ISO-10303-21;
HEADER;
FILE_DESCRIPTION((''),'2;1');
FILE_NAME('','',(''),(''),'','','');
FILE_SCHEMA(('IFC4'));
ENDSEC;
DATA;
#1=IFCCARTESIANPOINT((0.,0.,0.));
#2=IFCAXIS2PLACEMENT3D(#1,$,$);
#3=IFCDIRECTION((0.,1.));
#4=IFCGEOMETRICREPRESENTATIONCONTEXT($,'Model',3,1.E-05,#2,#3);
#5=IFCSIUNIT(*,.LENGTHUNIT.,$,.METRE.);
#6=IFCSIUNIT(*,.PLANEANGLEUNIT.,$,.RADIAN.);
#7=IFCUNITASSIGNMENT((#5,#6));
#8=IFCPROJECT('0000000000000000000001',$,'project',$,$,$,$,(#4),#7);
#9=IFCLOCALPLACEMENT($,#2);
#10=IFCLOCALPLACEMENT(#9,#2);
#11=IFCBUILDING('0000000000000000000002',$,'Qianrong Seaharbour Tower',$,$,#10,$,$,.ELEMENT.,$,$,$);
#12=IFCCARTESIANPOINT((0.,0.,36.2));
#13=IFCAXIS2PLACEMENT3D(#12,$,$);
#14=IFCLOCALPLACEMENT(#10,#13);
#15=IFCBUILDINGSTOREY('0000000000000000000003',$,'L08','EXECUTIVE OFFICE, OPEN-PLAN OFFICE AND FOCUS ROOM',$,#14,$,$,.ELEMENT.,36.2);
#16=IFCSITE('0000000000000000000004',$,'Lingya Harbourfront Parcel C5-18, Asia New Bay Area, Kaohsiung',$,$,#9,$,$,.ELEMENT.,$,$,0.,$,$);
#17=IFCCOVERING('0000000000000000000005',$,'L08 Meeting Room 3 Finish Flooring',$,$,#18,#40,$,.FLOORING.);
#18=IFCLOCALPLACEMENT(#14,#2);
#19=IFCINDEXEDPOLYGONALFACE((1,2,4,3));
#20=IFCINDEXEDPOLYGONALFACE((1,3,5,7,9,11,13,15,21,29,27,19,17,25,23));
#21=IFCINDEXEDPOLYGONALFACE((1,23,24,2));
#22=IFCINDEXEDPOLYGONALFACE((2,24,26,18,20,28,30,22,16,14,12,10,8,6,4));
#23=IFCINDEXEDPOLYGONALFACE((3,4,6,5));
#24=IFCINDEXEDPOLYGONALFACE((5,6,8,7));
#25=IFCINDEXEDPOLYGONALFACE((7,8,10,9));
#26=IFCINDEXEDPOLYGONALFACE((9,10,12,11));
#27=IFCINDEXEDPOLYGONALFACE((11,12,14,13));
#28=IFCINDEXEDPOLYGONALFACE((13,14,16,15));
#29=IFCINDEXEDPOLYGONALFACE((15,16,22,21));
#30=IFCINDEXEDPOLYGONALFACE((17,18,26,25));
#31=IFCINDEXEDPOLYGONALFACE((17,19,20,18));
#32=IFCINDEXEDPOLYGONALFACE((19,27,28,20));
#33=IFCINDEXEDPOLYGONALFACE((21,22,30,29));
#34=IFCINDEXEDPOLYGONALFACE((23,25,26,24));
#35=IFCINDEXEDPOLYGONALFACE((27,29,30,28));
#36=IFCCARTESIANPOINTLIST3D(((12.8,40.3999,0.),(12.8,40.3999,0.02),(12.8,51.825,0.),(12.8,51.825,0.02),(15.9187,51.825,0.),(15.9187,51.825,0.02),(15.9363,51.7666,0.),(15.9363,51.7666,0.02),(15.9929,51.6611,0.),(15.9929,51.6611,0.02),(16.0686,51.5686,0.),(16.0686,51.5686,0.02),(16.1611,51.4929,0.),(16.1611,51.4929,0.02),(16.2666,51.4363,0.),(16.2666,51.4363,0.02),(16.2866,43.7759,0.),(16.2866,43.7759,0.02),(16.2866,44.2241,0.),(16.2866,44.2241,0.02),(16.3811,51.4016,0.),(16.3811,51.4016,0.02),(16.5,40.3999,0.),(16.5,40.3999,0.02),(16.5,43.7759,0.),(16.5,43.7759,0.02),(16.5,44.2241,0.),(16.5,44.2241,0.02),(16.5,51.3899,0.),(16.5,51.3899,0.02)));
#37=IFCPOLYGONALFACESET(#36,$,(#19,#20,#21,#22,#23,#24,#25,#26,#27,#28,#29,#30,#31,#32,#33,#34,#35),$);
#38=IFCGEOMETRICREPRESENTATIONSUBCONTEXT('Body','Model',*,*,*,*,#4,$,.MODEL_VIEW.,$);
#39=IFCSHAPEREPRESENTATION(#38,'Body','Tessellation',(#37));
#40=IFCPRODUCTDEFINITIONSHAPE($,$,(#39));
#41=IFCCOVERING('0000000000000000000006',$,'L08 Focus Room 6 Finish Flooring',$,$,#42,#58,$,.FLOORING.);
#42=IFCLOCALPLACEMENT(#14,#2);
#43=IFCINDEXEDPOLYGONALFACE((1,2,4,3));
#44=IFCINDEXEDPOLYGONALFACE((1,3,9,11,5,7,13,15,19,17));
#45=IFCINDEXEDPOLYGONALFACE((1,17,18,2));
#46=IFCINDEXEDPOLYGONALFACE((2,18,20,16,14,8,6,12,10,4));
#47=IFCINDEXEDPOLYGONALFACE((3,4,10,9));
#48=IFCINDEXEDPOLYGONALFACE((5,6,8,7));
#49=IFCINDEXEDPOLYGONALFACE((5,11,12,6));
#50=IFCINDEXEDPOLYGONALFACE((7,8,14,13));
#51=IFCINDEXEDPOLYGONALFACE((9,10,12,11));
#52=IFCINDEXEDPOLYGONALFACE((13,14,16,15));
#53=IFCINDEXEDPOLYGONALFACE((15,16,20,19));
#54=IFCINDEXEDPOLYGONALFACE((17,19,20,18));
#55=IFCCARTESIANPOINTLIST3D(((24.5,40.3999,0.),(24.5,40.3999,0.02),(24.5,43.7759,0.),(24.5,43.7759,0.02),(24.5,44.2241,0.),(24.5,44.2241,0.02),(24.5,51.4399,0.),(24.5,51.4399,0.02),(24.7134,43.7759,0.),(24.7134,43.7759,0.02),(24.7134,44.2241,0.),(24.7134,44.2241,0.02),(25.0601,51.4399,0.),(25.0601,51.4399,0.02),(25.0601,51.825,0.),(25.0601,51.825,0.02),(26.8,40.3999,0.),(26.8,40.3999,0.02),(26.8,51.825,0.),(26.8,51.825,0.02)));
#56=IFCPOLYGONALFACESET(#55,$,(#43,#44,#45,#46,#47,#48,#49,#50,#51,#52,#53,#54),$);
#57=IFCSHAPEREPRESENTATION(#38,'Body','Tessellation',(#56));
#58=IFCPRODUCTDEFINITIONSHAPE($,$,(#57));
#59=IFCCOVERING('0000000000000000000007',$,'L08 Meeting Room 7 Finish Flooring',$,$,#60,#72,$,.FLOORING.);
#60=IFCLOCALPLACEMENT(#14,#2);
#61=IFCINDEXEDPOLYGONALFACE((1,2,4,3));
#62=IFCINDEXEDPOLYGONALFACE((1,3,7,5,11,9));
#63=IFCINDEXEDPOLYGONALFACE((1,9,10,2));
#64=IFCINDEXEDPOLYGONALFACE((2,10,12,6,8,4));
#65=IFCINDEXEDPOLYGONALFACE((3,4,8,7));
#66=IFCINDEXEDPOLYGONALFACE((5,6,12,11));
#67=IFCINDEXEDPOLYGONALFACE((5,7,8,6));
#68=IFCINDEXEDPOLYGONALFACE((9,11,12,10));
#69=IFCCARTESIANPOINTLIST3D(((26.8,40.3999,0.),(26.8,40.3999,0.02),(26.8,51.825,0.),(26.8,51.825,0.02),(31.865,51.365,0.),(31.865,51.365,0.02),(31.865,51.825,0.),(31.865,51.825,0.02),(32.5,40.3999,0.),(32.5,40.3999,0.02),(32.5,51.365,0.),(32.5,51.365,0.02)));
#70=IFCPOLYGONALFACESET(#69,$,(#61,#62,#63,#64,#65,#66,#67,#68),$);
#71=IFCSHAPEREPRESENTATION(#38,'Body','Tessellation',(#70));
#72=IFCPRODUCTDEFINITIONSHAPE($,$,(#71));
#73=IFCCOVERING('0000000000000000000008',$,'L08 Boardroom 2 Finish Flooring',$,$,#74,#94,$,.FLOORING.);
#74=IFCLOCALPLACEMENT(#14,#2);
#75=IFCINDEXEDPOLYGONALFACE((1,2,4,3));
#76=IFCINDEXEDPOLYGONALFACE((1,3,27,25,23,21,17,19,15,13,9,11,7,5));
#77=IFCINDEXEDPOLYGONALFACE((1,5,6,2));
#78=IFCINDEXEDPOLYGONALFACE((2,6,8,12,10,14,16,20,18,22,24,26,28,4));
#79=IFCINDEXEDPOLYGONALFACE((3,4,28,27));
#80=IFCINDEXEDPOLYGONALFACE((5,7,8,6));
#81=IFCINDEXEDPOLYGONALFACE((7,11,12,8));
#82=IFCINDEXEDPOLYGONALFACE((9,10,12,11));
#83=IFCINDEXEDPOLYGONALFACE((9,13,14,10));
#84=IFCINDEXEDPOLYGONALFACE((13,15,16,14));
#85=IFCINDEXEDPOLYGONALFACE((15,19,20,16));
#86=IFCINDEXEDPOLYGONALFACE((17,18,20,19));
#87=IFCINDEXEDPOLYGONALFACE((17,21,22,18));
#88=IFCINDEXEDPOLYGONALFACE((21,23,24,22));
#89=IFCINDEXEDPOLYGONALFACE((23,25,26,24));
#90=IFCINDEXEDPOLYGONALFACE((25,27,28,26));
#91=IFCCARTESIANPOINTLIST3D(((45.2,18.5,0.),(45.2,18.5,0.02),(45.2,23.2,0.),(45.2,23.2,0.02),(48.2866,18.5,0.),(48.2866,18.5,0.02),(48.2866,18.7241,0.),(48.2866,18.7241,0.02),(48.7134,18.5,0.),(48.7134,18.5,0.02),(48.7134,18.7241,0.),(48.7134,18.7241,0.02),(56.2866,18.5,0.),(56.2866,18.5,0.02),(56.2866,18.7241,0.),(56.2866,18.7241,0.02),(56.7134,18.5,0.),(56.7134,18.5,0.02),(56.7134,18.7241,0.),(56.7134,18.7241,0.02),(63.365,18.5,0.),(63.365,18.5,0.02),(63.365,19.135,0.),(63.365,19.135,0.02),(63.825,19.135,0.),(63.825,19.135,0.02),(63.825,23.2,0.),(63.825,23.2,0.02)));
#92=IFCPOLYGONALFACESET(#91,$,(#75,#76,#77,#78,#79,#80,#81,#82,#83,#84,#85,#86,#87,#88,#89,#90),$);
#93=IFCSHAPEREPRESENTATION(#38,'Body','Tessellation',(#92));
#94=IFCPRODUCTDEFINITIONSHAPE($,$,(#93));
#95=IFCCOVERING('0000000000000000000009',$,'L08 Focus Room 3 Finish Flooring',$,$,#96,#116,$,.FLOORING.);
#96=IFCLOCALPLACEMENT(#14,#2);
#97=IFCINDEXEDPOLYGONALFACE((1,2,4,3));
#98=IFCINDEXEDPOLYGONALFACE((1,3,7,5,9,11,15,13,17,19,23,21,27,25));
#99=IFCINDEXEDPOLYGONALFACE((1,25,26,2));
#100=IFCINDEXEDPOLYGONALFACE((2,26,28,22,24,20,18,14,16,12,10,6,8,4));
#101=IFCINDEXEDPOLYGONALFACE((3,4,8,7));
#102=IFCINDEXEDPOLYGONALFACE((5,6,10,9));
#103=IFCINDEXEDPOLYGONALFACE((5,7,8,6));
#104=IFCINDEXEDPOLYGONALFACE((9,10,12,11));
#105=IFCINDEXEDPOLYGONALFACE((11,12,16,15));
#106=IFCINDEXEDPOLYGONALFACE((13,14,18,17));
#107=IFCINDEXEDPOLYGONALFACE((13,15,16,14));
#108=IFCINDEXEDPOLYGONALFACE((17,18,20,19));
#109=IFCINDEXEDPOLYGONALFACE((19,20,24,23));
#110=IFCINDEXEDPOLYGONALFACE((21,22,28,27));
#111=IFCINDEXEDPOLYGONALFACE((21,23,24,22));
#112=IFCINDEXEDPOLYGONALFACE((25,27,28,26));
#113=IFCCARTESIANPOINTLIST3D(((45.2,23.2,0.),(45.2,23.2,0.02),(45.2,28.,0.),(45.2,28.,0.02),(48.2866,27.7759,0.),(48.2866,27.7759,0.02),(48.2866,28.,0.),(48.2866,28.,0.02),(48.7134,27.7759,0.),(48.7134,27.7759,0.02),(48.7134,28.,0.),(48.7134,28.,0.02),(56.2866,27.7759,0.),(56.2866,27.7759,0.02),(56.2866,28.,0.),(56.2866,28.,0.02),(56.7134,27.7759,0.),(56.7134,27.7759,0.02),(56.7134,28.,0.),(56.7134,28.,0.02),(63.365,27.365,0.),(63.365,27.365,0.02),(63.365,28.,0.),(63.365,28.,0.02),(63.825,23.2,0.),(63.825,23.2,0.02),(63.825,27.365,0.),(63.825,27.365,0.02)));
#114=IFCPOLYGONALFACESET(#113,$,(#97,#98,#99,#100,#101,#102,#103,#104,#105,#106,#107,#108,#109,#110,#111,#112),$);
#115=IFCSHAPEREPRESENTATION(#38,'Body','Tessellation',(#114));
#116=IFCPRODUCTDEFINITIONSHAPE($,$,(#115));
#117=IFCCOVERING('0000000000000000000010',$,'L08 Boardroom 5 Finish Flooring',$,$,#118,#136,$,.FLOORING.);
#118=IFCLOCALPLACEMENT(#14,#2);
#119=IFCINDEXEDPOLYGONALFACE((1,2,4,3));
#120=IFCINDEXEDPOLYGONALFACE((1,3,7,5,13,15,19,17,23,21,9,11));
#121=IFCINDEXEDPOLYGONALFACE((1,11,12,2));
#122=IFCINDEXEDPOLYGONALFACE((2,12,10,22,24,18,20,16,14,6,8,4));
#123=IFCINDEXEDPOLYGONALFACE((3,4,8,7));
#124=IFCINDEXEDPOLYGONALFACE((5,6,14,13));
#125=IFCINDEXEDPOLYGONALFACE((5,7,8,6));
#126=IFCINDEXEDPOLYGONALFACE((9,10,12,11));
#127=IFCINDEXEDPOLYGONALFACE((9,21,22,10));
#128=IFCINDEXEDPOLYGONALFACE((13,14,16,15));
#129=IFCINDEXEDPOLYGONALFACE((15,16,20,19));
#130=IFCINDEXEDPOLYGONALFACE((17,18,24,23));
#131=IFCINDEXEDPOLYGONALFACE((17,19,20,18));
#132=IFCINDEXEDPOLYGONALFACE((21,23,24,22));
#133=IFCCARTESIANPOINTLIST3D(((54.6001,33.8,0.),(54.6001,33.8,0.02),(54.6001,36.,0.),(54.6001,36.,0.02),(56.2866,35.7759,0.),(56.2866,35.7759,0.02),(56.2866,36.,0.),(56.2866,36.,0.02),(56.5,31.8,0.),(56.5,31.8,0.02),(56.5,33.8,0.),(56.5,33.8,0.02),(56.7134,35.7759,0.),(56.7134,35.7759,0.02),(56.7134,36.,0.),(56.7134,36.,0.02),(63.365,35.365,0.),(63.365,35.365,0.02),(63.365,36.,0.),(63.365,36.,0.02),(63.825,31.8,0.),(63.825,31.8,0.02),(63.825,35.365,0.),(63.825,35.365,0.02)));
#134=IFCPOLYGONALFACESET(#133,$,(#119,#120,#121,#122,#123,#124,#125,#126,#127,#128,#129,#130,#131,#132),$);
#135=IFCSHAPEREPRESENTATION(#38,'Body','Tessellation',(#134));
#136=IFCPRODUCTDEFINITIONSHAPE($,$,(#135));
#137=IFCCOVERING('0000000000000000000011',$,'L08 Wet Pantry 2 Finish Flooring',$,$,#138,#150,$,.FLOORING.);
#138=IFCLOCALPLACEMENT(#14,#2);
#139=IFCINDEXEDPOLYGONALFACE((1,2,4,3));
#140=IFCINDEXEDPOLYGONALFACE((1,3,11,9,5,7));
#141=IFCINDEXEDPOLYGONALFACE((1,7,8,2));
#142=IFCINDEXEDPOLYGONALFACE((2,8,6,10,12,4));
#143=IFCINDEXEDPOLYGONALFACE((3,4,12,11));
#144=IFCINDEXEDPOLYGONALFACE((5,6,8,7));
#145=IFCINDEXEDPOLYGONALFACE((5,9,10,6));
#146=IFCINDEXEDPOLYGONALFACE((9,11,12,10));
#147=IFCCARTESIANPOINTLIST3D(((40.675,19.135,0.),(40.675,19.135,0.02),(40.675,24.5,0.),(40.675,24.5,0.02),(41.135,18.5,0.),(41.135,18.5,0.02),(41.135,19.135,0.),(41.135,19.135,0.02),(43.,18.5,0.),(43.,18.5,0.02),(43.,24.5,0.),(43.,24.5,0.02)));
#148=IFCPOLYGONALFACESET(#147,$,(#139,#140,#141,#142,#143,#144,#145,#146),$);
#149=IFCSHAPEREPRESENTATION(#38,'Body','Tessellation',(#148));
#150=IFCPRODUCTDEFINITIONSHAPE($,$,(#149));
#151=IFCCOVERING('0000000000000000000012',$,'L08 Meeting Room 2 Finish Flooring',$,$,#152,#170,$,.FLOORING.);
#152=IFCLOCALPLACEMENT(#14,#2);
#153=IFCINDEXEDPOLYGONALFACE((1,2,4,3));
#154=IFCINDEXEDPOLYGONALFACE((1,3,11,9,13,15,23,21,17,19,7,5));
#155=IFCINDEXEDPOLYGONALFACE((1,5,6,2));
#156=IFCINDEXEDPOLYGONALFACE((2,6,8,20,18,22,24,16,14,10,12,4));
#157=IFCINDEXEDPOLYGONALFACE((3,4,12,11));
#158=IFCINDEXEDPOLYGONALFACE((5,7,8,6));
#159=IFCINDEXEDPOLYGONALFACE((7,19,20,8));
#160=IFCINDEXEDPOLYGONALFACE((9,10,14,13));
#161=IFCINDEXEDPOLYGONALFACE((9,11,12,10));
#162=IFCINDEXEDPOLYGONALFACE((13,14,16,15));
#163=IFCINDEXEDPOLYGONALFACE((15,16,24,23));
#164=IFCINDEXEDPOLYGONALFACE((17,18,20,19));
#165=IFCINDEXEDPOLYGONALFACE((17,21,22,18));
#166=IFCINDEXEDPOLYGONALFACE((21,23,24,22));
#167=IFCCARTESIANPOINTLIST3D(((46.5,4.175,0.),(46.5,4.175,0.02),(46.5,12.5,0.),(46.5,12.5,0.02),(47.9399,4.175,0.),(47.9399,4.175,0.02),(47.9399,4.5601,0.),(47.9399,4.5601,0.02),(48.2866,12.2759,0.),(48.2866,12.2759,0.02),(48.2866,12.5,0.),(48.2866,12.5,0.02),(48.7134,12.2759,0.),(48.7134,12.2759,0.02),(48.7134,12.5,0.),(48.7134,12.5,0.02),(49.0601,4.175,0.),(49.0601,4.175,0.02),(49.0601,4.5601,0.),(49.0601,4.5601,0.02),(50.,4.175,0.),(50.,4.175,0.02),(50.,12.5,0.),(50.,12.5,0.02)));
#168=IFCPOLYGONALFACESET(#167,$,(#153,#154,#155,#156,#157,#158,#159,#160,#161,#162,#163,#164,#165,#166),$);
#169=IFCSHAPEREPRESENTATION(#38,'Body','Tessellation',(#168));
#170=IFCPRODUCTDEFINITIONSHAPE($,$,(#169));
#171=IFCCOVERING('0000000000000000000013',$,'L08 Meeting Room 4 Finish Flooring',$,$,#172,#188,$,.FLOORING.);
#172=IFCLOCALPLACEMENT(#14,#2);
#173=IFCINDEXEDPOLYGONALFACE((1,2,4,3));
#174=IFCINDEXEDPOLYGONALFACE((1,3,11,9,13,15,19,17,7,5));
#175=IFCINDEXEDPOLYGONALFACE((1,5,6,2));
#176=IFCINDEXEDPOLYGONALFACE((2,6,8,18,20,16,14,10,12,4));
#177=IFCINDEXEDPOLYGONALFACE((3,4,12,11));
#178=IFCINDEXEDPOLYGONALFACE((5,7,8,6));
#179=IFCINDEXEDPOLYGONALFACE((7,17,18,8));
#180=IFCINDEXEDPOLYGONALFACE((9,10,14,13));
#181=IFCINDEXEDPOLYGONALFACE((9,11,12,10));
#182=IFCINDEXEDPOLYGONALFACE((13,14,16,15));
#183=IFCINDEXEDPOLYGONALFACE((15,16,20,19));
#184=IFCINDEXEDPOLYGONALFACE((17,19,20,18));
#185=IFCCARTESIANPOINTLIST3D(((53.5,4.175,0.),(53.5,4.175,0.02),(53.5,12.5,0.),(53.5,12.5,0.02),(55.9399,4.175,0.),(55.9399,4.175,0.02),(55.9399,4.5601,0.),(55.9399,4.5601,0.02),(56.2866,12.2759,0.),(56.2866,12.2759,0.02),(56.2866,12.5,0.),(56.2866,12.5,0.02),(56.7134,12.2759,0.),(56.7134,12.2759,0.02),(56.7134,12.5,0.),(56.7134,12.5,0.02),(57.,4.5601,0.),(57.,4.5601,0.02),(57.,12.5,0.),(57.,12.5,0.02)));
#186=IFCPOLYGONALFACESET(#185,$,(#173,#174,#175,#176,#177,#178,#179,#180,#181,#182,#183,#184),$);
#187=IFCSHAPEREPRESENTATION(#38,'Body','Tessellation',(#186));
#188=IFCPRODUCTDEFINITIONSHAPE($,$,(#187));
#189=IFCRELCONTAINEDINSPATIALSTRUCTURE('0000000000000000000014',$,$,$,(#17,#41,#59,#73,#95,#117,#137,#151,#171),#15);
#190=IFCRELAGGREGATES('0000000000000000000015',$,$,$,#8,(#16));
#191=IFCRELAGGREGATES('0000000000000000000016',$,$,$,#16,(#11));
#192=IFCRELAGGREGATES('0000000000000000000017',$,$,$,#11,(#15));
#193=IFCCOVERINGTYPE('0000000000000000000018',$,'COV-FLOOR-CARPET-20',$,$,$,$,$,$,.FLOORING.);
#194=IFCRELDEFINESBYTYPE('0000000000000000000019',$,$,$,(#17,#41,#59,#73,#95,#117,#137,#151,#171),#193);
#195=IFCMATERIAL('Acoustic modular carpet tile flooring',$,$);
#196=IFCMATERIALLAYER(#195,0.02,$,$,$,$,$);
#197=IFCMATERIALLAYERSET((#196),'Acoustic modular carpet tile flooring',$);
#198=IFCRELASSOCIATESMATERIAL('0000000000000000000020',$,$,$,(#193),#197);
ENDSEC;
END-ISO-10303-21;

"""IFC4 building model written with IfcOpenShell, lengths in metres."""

from ifc_helpers import new_model, si_unit, direction, frame, origin, place, context, subcontext, project, spatial, polyline, outline, extrude, material, layer, layer_set, type_object, element, save


model = new_model("IFC4")

# Units and contexts
model_context = context("Model", 3, precision=1e-05, world=origin(), true_north=direction((0.0, 1.0)))
body_context = subcontext(model_context, "Body", "Model", "MODEL_VIEW")
ifc_project = project(units=[si_unit("LENGTHUNIT", "METRE"), si_unit("PLANEANGLEUNIT", "RADIAN")], contexts=[model_context])

# Site, building, storey
site_placement = place(None, origin())
site = spatial("IfcSite", under=ifc_project, at=site_placement, Name="Lingya Harbourfront Parcel C5-18, Asia New Bay Area, Kaohsiung", CompositionType="ELEMENT", RefElevation=0.0)
building_placement = place(site_placement, origin())
building = spatial("IfcBuilding", under=site, at=building_placement, Name="Qianrong Seaharbour Tower", CompositionType="ELEMENT")
storey_placement = place(building_placement, frame((0.0, 0.0, 36.2)))
storey = spatial("IfcBuildingStorey", under=building, at=storey_placement, Name="L08", Description="EXECUTIVE OFFICE, OPEN-PLAN OFFICE AND FOCUS ROOM", CompositionType="ELEMENT", Elevation=36.2)

# Coverings
ifc_material_1 = material(Name="Acoustic modular carpet tile flooring")
ifc_layer_1 = layer(ifc_material_1, 0.02)
ifc_layer_set_1 = layer_set([ifc_layer_1], Name="Acoustic modular carpet tile flooring")
covering_type_1 = type_object("IfcCoveringType", Name="COV-FLOOR-CARPET-20", PredefinedType="FLOORING", material=ifc_layer_set_1)
covering_1_placement = place(storey_placement, origin())
element("IfcCovering", 1, at=covering_1_placement, inside=storey, type_object=covering_type_1, Name="L08 Meeting Room 3 Finish Flooring", PredefinedType="FLOORING", context=body_context, shape_type="SweptSolid", body=[
    extrude(outline(polyline([(12.8, 51.825), (15.9187, 51.825), (15.9363, 51.7666), (15.9929, 51.6611), (16.0686, 51.5686), (16.1611, 51.4929), (16.2666, 51.4363), (16.3811, 51.4016), (16.5, 51.3899), (16.5, 44.2241), (16.2866, 44.2241), (16.2866, 43.7759), (16.5, 43.7759), (16.5, 40.3999), (12.8, 40.3999), (12.8, 51.825)])), origin(), (0.0, 0.0, 1.0), 0.02),
])
covering_2_placement = place(storey_placement, origin())
element("IfcCovering", 2, at=covering_2_placement, inside=storey, type_object=covering_type_1, Name="L08 Focus Room 6 Finish Flooring", PredefinedType="FLOORING", context=body_context, shape_type="SweptSolid", body=[
    extrude(outline(polyline([(24.5, 43.7759), (24.7134, 43.7759), (24.7134, 44.2241), (24.5, 44.2241), (24.5, 51.4399), (25.0601, 51.4399), (25.0601, 51.825), (26.8, 51.825), (26.8, 40.3999), (24.5, 40.3999), (24.5, 43.7759)])), origin(), (0.0, 0.0, 1.0), 0.02),
])
covering_3_placement = place(storey_placement, origin())
element("IfcCovering", 3, at=covering_3_placement, inside=storey, type_object=covering_type_1, Name="L08 Meeting Room 7 Finish Flooring", PredefinedType="FLOORING", context=body_context, shape_type="SweptSolid", body=[
    extrude(outline(polyline([(26.8, 51.825), (31.865, 51.825), (31.865, 51.365), (32.5, 51.365), (32.5, 40.3999), (26.8, 40.3999), (26.8, 51.825)])), origin(), (0.0, 0.0, 1.0), 0.02),
])
covering_4_placement = place(storey_placement, origin())
element("IfcCovering", 4, at=covering_4_placement, inside=storey, type_object=covering_type_1, Name="L08 Boardroom 2 Finish Flooring", PredefinedType="FLOORING", context=body_context, shape_type="SweptSolid", body=[
    extrude(outline(polyline([(63.825, 23.2), (63.825, 19.135), (63.365, 19.135), (63.365, 18.5), (56.7134, 18.5), (56.7134, 18.7241), (56.2866, 18.7241), (56.2866, 18.5), (48.7134, 18.5), (48.7134, 18.7241), (48.2866, 18.7241), (48.2866, 18.5), (45.2, 18.5), (45.2, 23.2), (63.825, 23.2)])), origin(), (0.0, 0.0, 1.0), 0.02),
])
covering_5_placement = place(storey_placement, origin())
element("IfcCovering", 5, at=covering_5_placement, inside=storey, type_object=covering_type_1, Name="L08 Focus Room 3 Finish Flooring", PredefinedType="FLOORING", context=body_context, shape_type="SweptSolid", body=[
    extrude(outline(polyline([(48.2866, 28.0), (48.2866, 27.7759), (48.7134, 27.7759), (48.7134, 28.0), (56.2866, 28.0), (56.2866, 27.7759), (56.7134, 27.7759), (56.7134, 28.0), (63.365, 28.0), (63.365, 27.365), (63.825, 27.365), (63.825, 23.2), (45.2, 23.2), (45.2, 28.0), (48.2866, 28.0)])), origin(), (0.0, 0.0, 1.0), 0.02),
])
covering_6_placement = place(storey_placement, origin())
element("IfcCovering", 6, at=covering_6_placement, inside=storey, type_object=covering_type_1, Name="L08 Boardroom 5 Finish Flooring", PredefinedType="FLOORING", context=body_context, shape_type="SweptSolid", body=[
    extrude(outline(polyline([(63.825, 31.8), (56.5, 31.8), (56.5, 33.8), (54.6001, 33.8), (54.6001, 36.0), (56.2866, 36.0), (56.2866, 35.7759), (56.7134, 35.7759), (56.7134, 36.0), (63.365, 36.0), (63.365, 35.365), (63.825, 35.365), (63.825, 31.8)])), origin(), (0.0, 0.0, 1.0), 0.02),
])
covering_7_placement = place(storey_placement, origin())
element("IfcCovering", 7, at=covering_7_placement, inside=storey, type_object=covering_type_1, Name="L08 Wet Pantry 2 Finish Flooring", PredefinedType="FLOORING", context=body_context, shape_type="SweptSolid", body=[
    extrude(outline(polyline([(41.135, 18.5), (41.135, 19.135), (40.675, 19.135), (40.675, 24.5), (43.0, 24.5), (43.0, 18.5), (41.135, 18.5)])), origin(), (0.0, 0.0, 1.0), 0.02),
])
covering_8_placement = place(storey_placement, origin())
element("IfcCovering", 8, at=covering_8_placement, inside=storey, type_object=covering_type_1, Name="L08 Meeting Room 2 Finish Flooring", PredefinedType="FLOORING", context=body_context, shape_type="SweptSolid", body=[
    extrude(outline(polyline([(50.0, 4.175), (49.0601, 4.175), (49.0601, 4.5601), (47.9399, 4.5601), (47.9399, 4.175), (46.5, 4.175), (46.5, 12.5), (48.2866, 12.5), (48.2866, 12.2759), (48.7134, 12.2759), (48.7134, 12.5), (50.0, 12.5), (50.0, 4.175)])), origin(), (0.0, 0.0, 1.0), 0.02),
])
covering_9_placement = place(storey_placement, origin())
element("IfcCovering", 9, at=covering_9_placement, inside=storey, type_object=covering_type_1, Name="L08 Meeting Room 4 Finish Flooring", PredefinedType="FLOORING", context=body_context, shape_type="SweptSolid", body=[
    extrude(outline(polyline([(57.0, 4.5601), (55.9399, 4.5601), (55.9399, 4.175), (53.5, 4.175), (53.5, 12.5), (56.2866, 12.5), (56.2866, 12.2759), (56.7134, 12.2759), (56.7134, 12.5), (57.0, 12.5), (57.0, 4.5601)])), origin(), (0.0, 0.0, 1.0), 0.02),
])

save(model, "model.ifc")
